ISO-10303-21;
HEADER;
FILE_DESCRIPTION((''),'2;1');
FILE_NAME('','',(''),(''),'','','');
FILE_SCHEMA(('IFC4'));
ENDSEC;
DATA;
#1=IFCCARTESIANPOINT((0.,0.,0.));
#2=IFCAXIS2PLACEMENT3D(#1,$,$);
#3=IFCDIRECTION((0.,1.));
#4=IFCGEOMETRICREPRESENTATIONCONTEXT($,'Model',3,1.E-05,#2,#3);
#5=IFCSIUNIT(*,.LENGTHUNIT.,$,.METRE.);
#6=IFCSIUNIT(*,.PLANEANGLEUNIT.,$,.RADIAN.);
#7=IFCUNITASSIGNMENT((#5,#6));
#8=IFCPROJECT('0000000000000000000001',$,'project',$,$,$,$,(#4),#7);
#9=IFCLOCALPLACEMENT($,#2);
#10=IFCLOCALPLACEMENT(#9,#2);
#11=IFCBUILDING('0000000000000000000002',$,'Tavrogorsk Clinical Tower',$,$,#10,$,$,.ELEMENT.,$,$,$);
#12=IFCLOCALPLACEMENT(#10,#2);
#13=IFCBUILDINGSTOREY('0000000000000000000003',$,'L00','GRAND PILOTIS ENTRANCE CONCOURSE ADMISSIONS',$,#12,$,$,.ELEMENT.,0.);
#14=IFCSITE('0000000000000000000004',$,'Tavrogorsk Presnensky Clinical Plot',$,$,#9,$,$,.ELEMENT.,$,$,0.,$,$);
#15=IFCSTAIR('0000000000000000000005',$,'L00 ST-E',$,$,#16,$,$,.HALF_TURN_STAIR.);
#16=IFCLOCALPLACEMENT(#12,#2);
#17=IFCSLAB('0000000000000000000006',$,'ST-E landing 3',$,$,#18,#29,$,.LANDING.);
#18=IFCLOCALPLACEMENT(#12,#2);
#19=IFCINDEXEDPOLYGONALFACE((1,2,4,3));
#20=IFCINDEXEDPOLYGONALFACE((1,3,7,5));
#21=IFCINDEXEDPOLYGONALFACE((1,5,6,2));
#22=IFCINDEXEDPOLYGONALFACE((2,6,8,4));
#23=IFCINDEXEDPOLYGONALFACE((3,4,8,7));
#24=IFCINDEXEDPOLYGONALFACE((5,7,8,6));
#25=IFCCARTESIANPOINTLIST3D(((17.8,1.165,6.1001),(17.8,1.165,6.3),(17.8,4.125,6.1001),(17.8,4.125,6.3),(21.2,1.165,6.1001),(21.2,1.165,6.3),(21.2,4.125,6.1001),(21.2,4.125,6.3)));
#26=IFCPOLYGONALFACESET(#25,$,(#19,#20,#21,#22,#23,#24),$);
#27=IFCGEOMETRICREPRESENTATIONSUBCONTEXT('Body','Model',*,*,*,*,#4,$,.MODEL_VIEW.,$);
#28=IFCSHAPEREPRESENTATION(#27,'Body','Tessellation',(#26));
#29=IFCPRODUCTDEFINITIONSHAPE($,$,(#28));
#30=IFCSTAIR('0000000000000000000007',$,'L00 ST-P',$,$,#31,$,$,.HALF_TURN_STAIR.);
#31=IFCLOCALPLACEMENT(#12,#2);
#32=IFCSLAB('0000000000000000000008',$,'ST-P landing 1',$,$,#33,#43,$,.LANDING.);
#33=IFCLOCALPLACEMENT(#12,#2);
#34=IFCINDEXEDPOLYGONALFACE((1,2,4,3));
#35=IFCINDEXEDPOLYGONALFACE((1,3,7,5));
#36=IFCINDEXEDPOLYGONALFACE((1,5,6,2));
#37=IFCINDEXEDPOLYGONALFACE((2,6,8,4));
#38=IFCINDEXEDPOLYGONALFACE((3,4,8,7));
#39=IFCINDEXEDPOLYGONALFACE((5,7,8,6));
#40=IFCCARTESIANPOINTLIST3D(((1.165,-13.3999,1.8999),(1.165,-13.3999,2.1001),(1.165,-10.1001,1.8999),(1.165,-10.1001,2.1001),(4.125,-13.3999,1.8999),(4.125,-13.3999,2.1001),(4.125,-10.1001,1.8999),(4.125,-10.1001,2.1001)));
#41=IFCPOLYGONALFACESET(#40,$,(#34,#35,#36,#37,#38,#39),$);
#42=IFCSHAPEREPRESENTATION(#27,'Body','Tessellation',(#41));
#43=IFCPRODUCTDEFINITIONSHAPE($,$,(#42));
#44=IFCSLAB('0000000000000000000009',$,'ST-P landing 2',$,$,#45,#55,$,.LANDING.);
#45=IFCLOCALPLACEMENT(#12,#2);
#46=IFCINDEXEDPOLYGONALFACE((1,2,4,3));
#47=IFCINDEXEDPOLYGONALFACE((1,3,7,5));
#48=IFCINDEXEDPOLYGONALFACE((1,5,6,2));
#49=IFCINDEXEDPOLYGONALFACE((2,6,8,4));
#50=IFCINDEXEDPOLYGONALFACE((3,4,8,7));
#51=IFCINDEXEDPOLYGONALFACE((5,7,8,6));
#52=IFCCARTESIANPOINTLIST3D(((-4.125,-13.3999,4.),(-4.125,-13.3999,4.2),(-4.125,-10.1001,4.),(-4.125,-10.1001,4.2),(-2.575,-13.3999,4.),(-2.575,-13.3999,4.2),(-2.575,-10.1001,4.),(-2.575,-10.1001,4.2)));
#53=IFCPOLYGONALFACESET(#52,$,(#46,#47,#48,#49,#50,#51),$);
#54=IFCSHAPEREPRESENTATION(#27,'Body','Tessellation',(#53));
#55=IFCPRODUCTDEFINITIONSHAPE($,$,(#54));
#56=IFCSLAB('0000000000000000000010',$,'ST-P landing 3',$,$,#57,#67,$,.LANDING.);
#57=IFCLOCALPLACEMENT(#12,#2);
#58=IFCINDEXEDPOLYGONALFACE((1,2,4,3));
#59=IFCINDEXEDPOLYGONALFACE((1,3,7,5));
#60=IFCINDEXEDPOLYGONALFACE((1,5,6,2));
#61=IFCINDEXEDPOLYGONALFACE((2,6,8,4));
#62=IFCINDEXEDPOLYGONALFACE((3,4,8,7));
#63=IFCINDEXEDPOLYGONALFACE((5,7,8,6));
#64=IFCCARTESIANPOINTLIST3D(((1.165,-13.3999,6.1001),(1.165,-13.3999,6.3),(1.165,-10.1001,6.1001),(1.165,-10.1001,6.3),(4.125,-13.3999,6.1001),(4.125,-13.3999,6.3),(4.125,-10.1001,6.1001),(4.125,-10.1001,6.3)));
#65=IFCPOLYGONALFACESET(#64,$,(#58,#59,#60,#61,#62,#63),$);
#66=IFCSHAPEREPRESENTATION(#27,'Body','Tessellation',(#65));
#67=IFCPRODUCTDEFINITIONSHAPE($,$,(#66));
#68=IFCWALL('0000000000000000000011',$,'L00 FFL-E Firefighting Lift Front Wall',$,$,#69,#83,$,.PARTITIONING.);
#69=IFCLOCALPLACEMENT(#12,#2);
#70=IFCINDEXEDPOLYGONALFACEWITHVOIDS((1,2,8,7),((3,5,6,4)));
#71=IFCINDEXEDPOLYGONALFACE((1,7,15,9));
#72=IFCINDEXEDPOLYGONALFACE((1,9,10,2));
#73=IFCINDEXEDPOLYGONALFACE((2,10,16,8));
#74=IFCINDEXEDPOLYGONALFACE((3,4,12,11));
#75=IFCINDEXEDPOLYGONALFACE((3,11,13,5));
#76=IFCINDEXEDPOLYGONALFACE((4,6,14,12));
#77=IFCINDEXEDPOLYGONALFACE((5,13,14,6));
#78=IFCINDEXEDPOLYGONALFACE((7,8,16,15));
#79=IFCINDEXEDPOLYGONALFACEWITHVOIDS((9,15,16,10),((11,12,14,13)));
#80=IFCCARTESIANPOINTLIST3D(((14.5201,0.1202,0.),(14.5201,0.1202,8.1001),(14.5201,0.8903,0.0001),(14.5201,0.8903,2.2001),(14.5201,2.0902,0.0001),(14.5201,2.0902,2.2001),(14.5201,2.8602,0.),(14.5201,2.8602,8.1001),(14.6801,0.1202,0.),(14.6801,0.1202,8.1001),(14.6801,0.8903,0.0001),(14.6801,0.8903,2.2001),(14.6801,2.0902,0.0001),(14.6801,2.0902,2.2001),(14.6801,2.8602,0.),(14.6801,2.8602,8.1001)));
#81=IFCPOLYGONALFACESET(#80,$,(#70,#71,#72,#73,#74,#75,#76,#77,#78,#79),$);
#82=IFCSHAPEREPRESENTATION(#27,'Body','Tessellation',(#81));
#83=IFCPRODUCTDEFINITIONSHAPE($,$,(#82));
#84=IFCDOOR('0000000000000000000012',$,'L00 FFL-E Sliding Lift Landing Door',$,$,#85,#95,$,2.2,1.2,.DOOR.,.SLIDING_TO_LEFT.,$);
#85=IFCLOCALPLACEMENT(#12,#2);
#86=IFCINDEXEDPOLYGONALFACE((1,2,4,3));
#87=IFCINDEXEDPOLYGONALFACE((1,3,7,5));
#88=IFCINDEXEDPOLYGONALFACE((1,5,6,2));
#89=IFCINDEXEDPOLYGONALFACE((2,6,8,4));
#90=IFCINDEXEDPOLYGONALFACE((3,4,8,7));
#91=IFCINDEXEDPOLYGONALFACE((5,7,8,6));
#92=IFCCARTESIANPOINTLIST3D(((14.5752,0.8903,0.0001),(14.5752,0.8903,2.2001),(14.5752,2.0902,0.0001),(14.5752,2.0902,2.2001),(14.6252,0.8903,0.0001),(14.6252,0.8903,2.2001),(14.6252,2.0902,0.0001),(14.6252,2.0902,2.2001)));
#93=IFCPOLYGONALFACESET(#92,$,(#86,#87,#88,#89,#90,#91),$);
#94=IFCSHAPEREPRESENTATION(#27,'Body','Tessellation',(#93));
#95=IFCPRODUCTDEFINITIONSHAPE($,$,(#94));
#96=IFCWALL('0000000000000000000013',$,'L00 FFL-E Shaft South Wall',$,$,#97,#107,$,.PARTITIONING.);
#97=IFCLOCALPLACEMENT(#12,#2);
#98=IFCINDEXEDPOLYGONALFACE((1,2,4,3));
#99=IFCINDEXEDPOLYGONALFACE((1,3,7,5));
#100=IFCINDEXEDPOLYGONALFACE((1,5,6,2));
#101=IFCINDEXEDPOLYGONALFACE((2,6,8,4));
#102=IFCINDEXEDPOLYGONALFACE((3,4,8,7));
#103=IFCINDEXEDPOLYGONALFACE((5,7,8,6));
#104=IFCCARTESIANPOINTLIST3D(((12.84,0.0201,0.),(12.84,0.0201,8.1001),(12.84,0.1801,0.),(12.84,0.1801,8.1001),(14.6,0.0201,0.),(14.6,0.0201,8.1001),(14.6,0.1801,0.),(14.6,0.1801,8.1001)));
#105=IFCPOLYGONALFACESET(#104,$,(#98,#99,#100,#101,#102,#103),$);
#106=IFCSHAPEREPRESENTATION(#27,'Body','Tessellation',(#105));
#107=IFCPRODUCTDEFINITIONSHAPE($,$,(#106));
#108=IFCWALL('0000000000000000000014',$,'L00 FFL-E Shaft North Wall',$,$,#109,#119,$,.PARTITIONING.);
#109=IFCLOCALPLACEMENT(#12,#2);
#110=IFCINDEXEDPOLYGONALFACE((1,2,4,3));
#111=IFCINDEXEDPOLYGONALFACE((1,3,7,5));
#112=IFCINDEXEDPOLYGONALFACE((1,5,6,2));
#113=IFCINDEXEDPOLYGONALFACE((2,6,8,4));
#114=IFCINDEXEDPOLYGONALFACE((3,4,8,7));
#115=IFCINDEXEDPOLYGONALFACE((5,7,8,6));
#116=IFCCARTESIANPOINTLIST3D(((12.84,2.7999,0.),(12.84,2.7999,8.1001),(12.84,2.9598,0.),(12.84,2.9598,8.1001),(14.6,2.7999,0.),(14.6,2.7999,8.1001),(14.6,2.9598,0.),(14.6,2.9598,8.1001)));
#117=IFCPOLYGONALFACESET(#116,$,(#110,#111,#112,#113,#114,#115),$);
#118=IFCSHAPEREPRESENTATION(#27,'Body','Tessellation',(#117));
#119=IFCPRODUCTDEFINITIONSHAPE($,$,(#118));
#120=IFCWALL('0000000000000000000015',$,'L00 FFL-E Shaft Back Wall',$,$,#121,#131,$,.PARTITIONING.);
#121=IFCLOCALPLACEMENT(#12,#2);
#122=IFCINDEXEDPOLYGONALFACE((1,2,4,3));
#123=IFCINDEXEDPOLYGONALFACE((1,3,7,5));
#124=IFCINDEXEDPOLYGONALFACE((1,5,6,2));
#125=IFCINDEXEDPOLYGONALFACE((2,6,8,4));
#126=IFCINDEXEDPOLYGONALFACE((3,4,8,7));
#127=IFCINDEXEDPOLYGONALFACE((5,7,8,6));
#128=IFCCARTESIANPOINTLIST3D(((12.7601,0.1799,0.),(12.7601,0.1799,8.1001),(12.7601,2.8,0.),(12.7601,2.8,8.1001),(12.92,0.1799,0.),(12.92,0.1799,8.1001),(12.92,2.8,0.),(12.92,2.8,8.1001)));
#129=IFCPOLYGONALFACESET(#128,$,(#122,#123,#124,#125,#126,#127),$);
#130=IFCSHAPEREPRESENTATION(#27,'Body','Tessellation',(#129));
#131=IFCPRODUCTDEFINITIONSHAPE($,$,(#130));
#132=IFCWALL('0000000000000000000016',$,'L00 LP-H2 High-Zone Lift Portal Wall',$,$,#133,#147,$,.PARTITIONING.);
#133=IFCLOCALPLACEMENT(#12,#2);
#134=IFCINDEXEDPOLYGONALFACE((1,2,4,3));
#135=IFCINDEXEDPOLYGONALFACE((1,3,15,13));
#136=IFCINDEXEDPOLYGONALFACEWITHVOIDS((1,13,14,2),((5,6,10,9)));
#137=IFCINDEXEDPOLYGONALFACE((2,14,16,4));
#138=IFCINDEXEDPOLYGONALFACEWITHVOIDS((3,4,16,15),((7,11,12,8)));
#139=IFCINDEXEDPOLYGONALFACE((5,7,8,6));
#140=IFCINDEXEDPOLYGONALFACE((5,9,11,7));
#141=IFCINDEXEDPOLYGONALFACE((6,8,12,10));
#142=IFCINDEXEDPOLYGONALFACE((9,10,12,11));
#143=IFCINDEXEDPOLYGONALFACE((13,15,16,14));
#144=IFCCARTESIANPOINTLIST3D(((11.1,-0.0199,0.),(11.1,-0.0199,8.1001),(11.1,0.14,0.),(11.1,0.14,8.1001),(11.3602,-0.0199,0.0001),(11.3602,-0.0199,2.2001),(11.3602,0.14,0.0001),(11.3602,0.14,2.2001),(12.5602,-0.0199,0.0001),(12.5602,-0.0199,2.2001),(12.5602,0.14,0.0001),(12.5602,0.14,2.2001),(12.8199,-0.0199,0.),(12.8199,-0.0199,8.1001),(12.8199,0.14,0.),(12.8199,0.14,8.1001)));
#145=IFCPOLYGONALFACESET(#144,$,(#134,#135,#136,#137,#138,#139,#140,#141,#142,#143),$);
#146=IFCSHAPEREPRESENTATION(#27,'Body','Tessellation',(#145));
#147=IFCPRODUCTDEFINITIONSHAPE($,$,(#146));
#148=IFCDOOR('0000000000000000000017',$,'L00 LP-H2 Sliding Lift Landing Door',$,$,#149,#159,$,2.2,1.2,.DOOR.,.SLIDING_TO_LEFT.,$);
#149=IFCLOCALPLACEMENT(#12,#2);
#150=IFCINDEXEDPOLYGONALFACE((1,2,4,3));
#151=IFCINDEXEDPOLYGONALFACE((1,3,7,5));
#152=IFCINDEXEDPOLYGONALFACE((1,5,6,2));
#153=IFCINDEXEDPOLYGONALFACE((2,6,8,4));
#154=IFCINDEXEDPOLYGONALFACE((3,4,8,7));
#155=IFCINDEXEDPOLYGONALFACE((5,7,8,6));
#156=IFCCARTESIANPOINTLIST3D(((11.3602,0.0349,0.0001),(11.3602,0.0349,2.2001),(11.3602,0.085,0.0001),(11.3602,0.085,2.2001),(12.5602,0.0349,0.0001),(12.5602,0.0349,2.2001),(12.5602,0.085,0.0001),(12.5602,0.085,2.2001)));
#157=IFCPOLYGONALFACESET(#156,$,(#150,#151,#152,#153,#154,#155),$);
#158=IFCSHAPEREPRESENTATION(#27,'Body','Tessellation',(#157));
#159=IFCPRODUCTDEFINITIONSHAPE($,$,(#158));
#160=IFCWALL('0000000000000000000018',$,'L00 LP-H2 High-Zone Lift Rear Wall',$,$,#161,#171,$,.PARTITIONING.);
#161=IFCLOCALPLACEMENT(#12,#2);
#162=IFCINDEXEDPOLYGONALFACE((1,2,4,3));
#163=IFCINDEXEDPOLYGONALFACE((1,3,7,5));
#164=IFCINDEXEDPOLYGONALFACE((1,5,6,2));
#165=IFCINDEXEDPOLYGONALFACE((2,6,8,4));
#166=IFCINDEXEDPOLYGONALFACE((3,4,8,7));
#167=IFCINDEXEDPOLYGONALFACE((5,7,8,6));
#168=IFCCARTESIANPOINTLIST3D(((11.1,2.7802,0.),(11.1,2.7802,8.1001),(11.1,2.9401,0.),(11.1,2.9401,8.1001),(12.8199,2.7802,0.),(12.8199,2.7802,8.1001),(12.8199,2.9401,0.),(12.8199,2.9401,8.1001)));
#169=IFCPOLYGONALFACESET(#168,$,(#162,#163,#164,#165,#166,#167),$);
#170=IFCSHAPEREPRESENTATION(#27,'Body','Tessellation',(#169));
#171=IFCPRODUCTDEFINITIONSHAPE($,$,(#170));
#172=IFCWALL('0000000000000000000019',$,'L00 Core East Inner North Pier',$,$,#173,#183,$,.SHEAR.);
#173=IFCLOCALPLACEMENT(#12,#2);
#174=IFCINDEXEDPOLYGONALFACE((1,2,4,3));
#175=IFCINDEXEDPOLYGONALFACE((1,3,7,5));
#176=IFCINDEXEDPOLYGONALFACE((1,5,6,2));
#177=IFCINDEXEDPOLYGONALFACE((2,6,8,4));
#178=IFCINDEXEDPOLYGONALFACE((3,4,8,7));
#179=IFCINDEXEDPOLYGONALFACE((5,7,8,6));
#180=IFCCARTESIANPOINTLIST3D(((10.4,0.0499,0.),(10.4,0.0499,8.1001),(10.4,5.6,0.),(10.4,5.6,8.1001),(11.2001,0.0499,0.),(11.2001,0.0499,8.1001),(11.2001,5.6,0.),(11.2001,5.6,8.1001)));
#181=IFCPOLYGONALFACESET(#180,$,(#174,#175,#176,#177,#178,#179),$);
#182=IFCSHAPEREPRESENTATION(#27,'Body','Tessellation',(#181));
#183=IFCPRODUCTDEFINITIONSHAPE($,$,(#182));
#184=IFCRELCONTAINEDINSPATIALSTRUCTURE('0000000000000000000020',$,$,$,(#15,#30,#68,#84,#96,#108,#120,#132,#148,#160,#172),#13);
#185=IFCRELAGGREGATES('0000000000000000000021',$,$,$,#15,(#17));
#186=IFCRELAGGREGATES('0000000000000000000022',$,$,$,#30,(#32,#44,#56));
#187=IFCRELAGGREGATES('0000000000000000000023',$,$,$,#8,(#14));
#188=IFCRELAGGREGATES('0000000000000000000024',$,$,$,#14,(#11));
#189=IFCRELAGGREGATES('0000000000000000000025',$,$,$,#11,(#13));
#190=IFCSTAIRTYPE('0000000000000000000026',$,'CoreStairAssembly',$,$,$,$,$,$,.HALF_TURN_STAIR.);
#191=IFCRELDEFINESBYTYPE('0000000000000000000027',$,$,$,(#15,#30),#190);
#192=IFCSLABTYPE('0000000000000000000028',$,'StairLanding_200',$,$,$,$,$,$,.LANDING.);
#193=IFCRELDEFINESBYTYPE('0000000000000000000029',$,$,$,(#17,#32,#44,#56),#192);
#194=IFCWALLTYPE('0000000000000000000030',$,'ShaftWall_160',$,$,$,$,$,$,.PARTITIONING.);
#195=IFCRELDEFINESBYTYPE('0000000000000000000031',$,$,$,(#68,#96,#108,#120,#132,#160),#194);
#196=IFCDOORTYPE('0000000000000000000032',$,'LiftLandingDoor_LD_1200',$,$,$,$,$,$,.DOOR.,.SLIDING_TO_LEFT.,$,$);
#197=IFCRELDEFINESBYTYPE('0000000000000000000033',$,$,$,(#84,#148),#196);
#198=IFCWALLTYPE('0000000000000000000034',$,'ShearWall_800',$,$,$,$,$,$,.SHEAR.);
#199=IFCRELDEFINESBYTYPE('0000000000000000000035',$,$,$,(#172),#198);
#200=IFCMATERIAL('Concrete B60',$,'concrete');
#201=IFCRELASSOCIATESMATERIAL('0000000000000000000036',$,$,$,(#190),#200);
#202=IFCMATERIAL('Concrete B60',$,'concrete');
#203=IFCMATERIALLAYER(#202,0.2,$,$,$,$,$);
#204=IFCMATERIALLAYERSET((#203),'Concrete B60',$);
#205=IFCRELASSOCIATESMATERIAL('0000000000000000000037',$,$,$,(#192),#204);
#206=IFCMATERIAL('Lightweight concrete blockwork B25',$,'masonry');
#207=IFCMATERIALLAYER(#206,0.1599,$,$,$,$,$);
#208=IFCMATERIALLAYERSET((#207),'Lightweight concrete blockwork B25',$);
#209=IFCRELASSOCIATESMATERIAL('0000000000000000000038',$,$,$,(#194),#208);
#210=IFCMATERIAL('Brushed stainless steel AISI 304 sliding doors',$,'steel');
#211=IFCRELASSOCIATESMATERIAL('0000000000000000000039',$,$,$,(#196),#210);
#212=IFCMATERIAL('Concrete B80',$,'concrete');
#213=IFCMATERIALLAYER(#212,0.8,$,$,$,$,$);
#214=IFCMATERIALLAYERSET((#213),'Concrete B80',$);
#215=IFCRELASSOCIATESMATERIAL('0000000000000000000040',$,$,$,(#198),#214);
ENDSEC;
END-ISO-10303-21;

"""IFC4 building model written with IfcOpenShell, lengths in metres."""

from ifc_helpers import new_model, si_unit, direction, frame, frame_2d, origin, place, context, subcontext, project, spatial, polyline, rectangle, outline, extrude, material, layer, layer_set, type_object, element, fill, aggregate, save


model = new_model("IFC4")

# Units and contexts
model_context = context("Model", 3, precision=1e-05, world=origin(), true_north=direction((0.0, 1.0)))
body_context = subcontext(model_context, "Body", "Model", "MODEL_VIEW")
ifc_project = project(units=[si_unit("LENGTHUNIT", "METRE"), si_unit("PLANEANGLEUNIT", "RADIAN")], contexts=[model_context])

# Site, building, storey
site_placement = place(None, origin())
site = spatial("IfcSite", under=ifc_project, at=site_placement, Name="Tavrogorsk Presnensky Clinical Plot", CompositionType="ELEMENT", RefElevation=0.0)
building_placement = place(site_placement, origin())
building = spatial("IfcBuilding", under=site, at=building_placement, Name="Tavrogorsk Clinical Tower", CompositionType="ELEMENT")
storey_placement = place(building_placement, origin())
storey = spatial("IfcBuildingStorey", under=building, at=storey_placement, Name="L00", Description="GRAND PILOTIS ENTRANCE CONCOURSE ADMISSIONS", CompositionType="ELEMENT", Elevation=0.0)

# Stairs, slabs
ifc_material_1 = material(Name="Concrete B60", Category="concrete")
stair_type = type_object("IfcStairType", Name="CoreStairAssembly", PredefinedType="HALF_TURN_STAIR", material=ifc_material_1)
ifc_material_2 = material(Name="Concrete B60", Category="concrete")
ifc_layer_1 = layer(ifc_material_2, 0.2)
ifc_layer_set_1 = layer_set([ifc_layer_1], Name="Concrete B60")
slab_type_1 = type_object("IfcSlabType", Name="StairLanding_200", PredefinedType="LANDING", material=ifc_layer_set_1)
stair_1_placement = place(storey_placement, origin())
stair_1 = element("IfcStair", 1, at=stair_1_placement, inside=storey, type_object=stair_type, Name="L00 ST-E", PredefinedType="HALF_TURN_STAIR")
slab_1_placement = place(storey_placement, frame((0.0, 0.0, 6.1001)))
slab_1 = element("IfcSlab", 2, at=slab_1_placement, type_object=slab_type_1, Name="ST-E landing 3", PredefinedType="LANDING", context=body_context, shape_type="SweptSolid", body=[
    extrude(outline(polyline([(21.2, 1.165), (21.2, 4.125), (17.8, 4.125), (17.8, 1.165), (21.2, 1.165)])), origin(), (0.0, 0.0, 1.0), 0.2),
])
aggregate(stair_1, [slab_1])
stair_2_placement = place(storey_placement, origin())
stair_2 = element("IfcStair", 3, at=stair_2_placement, inside=storey, type_object=stair_type, Name="L00 ST-P", PredefinedType="HALF_TURN_STAIR")
slab_2_placement = place(storey_placement, frame((0.0, 0.0, 1.8999)))
slab_2 = element("IfcSlab", 4, at=slab_2_placement, type_object=slab_type_1, Name="ST-P landing 1", PredefinedType="LANDING", context=body_context, shape_type="SweptSolid", body=[
    extrude(outline(polyline([(1.165, -13.3999), (4.125, -13.3999), (4.125, -10.1001), (1.165, -10.1001), (1.165, -13.3999)])), origin(), (0.0, 0.0, 1.0), 0.2002),
])
slab_3_placement = place(storey_placement, frame((0.0, 0.0, 4.0)))
slab_3 = element("IfcSlab", 5, at=slab_3_placement, type_object=slab_type_1, Name="ST-P landing 2", PredefinedType="LANDING", context=body_context, shape_type="SweptSolid", body=[
    extrude(outline(polyline([(-4.125, -13.3999), (-2.575, -13.3999), (-2.575, -10.1001), (-4.125, -10.1001), (-4.125, -13.3999)])), origin(), (0.0, 0.0, 1.0), 0.2),
])
slab_4_placement = place(storey_placement, frame((0.0, 0.0, 6.1001)))
slab_4 = element("IfcSlab", 6, at=slab_4_placement, type_object=slab_type_1, Name="ST-P landing 3", PredefinedType="LANDING", context=body_context, shape_type="SweptSolid", body=[
    extrude(outline(polyline([(1.165, -13.3999), (4.125, -13.3999), (4.125, -10.1001), (1.165, -10.1001), (1.165, -13.3999)])), origin(), (0.0, 0.0, 1.0), 0.2),
])
aggregate(stair_2, [slab_2, slab_3, slab_4])

# Wall, opening, door
ifc_material_3 = material(Name="Lightweight concrete blockwork B25", Category="masonry")
ifc_layer_2 = layer(ifc_material_3, 0.1599)
ifc_layer_set_2 = layer_set([ifc_layer_2], Name="Lightweight concrete blockwork B25")
wall_type_1 = type_object("IfcWallType", Name="ShaftWall_160", PredefinedType="PARTITIONING", material=ifc_layer_set_2)
wall_1_placement = place(storey_placement, frame((14.6001, 0.1201, 0.0), z_axis=(0.0, 0.0, 1.0), x_axis=(0.0, 1.0, 0.0)))
wall_1 = element("IfcWall", 7, at=wall_1_placement, inside=storey, type_object=wall_type_1, Name="L00 FFL-E Firefighting Lift Front Wall", PredefinedType="PARTITIONING", context=body_context, shape_type="SweptSolid", body=[
    extrude(rectangle(XDim=2.74, YDim=0.1599, at=frame_2d((1.3701, 0.0))), origin(), (0.0, 0.0, 1.0), 8.1001),
])
opening_1_placement = place(wall_1_placement, frame((0.77, 0.0, 0.0)))
opening_1 = element("IfcOpeningElement", 8, at=opening_1_placement, cuts=wall_1, PredefinedType="OPENING", context=body_context, shape_type="SweptSolid", body=[
    extrude(rectangle(XDim=1.2, YDim=2.2, at=frame_2d((0.6001, 1.1001))), frame((0.0, 0.0898, 0.0), z_axis=(0.0, -1.0, 0.0), x_axis=(1.0, 0.0, 0.0)), (0.0, 0.0, 1.0), 0.1799),
])
ifc_material_4 = material(Name="Brushed stainless steel AISI 304 sliding doors", Category="steel")
door_type = type_object("IfcDoorType", Name="LiftLandingDoor_LD_1200", OperationType="SLIDING_TO_LEFT", PredefinedType="DOOR", material=ifc_material_4)
door_1_placement = place(opening_1_placement, origin())
door_1 = element("IfcDoor", 9, at=door_1_placement, inside=storey, type_object=door_type, Name="L00 FFL-E Sliding Lift Landing Door", OperationType="SLIDING_TO_LEFT", OverallHeight=2.2, OverallWidth=1.2, PredefinedType="DOOR", context=body_context, shape_type="SweptSolid", body=[
    extrude(rectangle(XDim=1.2, YDim=2.2, at=frame_2d((0.6001, 1.1001))), frame((0.0, 0.0249, 0.0), z_axis=(0.0, -1.0, 0.0), x_axis=(1.0, 0.0, 0.0)), (0.0, 0.0, 1.0), 0.05),
])
fill(opening_1, door_1)

# Walls
for number, where, z_axis, x_axis, name in (
    (10, (12.8401, 0.1001, 0.0), (0.0, 0.0, 1.0), (1.0, 0.0, 0.0), "L00 FFL-E Shaft South Wall"),
    (11, (12.8401, 2.8799, 0.0), (0.0, 0.0, 1.0), (1.0, 0.0, 0.0), "L00 FFL-E Shaft North Wall"),
):
    element("IfcWall", number, at=place(storey_placement, frame(where, z_axis=z_axis, x_axis=x_axis)), inside=storey, type_object=wall_type_1, Name=name, PredefinedType="PARTITIONING", context=body_context, shape_type="SweptSolid", body=[
        extrude(rectangle(XDim=1.76, YDim=0.1599, at=frame_2d((0.8799, 0.0))), origin(), (0.0, 0.0, 1.0), 8.1001),
    ])
wall_2_placement = place(storey_placement, frame((12.8401, 0.1799, 0.0), z_axis=(0.0, 0.0, 1.0), x_axis=(0.0, 1.0, 0.0)))
element("IfcWall", 12, at=wall_2_placement, inside=storey, type_object=wall_type_1, Name="L00 FFL-E Shaft Back Wall", PredefinedType="PARTITIONING", context=body_context, shape_type="SweptSolid", body=[
    extrude(rectangle(XDim=2.6201, YDim=0.1599, at=frame_2d((1.3101, 0.0))), origin(), (0.0, 0.0, 1.0), 8.1001),
])

# Wall, opening, door
wall_3_placement = place(storey_placement, frame((11.1001, 0.0601, 0.0), z_axis=(0.0, 0.0, 1.0), x_axis=(1.0, 0.0, 0.0)))
wall_3 = element("IfcWall", 13, at=wall_3_placement, inside=storey, type_object=wall_type_1, Name="L00 LP-H2 High-Zone Lift Portal Wall", PredefinedType="PARTITIONING", context=body_context, shape_type="SweptSolid", body=[
    extrude(rectangle(XDim=1.72, YDim=0.1599, at=frame_2d((0.8599, 0.0))), origin(), (0.0, 0.0, 1.0), 8.1001),
])
opening_2_placement = place(wall_3_placement, frame((0.26, 0.0, 0.0)))
opening_2 = element("IfcOpeningElement", 14, at=opening_2_placement, cuts=wall_3, PredefinedType="OPENING", context=body_context, shape_type="SweptSolid", body=[
    extrude(rectangle(XDim=1.2, YDim=2.2, at=frame_2d((0.6001, 1.1001))), frame((0.0, 0.0898, 0.0), z_axis=(0.0, -1.0, 0.0), x_axis=(1.0, 0.0, 0.0)), (0.0, 0.0, 1.0), 0.1799),
])
door_2_placement = place(opening_2_placement, origin())
door_2 = element("IfcDoor", 15, at=door_2_placement, inside=storey, type_object=door_type, Name="L00 LP-H2 Sliding Lift Landing Door", OperationType="SLIDING_TO_LEFT", OverallHeight=2.2, OverallWidth=1.2, PredefinedType="DOOR", context=body_context, shape_type="SweptSolid", body=[
    extrude(rectangle(XDim=1.2, YDim=2.2, at=frame_2d((0.6001, 1.1001))), frame((0.0, 0.0249, 0.0), z_axis=(0.0, -1.0, 0.0), x_axis=(1.0, 0.0, 0.0)), (0.0, 0.0, 1.0), 0.05),
])
fill(opening_2, door_2)

# Walls
wall_4_placement = place(storey_placement, frame((11.1001, 2.8601, 0.0), z_axis=(0.0, 0.0, 1.0), x_axis=(1.0, 0.0, 0.0)))
element("IfcWall", 16, at=wall_4_placement, inside=storey, type_object=wall_type_1, Name="L00 LP-H2 High-Zone Lift Rear Wall", PredefinedType="PARTITIONING", context=body_context, shape_type="SweptSolid", body=[
    extrude(rectangle(XDim=1.72, YDim=0.1599, at=frame_2d((0.8599, 0.0))), origin(), (0.0, 0.0, 1.0), 8.1001),
])
ifc_material_5 = material(Name="Concrete B80", Category="concrete")
ifc_layer_3 = layer(ifc_material_5, 0.8)
ifc_layer_set_3 = layer_set([ifc_layer_3], Name="Concrete B80")
wall_type_2 = type_object("IfcWallType", Name="ShearWall_800", PredefinedType="SHEAR", material=ifc_layer_set_3)
wall_5_placement = place(storey_placement, frame((10.8, 0.05, 0.0), z_axis=(0.0, 0.0, 1.0), x_axis=(0.0, 1.0, 0.0)))
element("IfcWall", 17, at=wall_5_placement, inside=storey, type_object=wall_type_2, Name="L00 Core East Inner North Pier", PredefinedType="SHEAR", context=body_context, shape_type="SweptSolid", body=[
    extrude(rectangle(XDim=5.55, YDim=0.8, at=frame_2d((2.7749, 0.0))), origin(), (0.0, 0.0, 1.0), 8.1001),
])

save(model, "model.ifc")
